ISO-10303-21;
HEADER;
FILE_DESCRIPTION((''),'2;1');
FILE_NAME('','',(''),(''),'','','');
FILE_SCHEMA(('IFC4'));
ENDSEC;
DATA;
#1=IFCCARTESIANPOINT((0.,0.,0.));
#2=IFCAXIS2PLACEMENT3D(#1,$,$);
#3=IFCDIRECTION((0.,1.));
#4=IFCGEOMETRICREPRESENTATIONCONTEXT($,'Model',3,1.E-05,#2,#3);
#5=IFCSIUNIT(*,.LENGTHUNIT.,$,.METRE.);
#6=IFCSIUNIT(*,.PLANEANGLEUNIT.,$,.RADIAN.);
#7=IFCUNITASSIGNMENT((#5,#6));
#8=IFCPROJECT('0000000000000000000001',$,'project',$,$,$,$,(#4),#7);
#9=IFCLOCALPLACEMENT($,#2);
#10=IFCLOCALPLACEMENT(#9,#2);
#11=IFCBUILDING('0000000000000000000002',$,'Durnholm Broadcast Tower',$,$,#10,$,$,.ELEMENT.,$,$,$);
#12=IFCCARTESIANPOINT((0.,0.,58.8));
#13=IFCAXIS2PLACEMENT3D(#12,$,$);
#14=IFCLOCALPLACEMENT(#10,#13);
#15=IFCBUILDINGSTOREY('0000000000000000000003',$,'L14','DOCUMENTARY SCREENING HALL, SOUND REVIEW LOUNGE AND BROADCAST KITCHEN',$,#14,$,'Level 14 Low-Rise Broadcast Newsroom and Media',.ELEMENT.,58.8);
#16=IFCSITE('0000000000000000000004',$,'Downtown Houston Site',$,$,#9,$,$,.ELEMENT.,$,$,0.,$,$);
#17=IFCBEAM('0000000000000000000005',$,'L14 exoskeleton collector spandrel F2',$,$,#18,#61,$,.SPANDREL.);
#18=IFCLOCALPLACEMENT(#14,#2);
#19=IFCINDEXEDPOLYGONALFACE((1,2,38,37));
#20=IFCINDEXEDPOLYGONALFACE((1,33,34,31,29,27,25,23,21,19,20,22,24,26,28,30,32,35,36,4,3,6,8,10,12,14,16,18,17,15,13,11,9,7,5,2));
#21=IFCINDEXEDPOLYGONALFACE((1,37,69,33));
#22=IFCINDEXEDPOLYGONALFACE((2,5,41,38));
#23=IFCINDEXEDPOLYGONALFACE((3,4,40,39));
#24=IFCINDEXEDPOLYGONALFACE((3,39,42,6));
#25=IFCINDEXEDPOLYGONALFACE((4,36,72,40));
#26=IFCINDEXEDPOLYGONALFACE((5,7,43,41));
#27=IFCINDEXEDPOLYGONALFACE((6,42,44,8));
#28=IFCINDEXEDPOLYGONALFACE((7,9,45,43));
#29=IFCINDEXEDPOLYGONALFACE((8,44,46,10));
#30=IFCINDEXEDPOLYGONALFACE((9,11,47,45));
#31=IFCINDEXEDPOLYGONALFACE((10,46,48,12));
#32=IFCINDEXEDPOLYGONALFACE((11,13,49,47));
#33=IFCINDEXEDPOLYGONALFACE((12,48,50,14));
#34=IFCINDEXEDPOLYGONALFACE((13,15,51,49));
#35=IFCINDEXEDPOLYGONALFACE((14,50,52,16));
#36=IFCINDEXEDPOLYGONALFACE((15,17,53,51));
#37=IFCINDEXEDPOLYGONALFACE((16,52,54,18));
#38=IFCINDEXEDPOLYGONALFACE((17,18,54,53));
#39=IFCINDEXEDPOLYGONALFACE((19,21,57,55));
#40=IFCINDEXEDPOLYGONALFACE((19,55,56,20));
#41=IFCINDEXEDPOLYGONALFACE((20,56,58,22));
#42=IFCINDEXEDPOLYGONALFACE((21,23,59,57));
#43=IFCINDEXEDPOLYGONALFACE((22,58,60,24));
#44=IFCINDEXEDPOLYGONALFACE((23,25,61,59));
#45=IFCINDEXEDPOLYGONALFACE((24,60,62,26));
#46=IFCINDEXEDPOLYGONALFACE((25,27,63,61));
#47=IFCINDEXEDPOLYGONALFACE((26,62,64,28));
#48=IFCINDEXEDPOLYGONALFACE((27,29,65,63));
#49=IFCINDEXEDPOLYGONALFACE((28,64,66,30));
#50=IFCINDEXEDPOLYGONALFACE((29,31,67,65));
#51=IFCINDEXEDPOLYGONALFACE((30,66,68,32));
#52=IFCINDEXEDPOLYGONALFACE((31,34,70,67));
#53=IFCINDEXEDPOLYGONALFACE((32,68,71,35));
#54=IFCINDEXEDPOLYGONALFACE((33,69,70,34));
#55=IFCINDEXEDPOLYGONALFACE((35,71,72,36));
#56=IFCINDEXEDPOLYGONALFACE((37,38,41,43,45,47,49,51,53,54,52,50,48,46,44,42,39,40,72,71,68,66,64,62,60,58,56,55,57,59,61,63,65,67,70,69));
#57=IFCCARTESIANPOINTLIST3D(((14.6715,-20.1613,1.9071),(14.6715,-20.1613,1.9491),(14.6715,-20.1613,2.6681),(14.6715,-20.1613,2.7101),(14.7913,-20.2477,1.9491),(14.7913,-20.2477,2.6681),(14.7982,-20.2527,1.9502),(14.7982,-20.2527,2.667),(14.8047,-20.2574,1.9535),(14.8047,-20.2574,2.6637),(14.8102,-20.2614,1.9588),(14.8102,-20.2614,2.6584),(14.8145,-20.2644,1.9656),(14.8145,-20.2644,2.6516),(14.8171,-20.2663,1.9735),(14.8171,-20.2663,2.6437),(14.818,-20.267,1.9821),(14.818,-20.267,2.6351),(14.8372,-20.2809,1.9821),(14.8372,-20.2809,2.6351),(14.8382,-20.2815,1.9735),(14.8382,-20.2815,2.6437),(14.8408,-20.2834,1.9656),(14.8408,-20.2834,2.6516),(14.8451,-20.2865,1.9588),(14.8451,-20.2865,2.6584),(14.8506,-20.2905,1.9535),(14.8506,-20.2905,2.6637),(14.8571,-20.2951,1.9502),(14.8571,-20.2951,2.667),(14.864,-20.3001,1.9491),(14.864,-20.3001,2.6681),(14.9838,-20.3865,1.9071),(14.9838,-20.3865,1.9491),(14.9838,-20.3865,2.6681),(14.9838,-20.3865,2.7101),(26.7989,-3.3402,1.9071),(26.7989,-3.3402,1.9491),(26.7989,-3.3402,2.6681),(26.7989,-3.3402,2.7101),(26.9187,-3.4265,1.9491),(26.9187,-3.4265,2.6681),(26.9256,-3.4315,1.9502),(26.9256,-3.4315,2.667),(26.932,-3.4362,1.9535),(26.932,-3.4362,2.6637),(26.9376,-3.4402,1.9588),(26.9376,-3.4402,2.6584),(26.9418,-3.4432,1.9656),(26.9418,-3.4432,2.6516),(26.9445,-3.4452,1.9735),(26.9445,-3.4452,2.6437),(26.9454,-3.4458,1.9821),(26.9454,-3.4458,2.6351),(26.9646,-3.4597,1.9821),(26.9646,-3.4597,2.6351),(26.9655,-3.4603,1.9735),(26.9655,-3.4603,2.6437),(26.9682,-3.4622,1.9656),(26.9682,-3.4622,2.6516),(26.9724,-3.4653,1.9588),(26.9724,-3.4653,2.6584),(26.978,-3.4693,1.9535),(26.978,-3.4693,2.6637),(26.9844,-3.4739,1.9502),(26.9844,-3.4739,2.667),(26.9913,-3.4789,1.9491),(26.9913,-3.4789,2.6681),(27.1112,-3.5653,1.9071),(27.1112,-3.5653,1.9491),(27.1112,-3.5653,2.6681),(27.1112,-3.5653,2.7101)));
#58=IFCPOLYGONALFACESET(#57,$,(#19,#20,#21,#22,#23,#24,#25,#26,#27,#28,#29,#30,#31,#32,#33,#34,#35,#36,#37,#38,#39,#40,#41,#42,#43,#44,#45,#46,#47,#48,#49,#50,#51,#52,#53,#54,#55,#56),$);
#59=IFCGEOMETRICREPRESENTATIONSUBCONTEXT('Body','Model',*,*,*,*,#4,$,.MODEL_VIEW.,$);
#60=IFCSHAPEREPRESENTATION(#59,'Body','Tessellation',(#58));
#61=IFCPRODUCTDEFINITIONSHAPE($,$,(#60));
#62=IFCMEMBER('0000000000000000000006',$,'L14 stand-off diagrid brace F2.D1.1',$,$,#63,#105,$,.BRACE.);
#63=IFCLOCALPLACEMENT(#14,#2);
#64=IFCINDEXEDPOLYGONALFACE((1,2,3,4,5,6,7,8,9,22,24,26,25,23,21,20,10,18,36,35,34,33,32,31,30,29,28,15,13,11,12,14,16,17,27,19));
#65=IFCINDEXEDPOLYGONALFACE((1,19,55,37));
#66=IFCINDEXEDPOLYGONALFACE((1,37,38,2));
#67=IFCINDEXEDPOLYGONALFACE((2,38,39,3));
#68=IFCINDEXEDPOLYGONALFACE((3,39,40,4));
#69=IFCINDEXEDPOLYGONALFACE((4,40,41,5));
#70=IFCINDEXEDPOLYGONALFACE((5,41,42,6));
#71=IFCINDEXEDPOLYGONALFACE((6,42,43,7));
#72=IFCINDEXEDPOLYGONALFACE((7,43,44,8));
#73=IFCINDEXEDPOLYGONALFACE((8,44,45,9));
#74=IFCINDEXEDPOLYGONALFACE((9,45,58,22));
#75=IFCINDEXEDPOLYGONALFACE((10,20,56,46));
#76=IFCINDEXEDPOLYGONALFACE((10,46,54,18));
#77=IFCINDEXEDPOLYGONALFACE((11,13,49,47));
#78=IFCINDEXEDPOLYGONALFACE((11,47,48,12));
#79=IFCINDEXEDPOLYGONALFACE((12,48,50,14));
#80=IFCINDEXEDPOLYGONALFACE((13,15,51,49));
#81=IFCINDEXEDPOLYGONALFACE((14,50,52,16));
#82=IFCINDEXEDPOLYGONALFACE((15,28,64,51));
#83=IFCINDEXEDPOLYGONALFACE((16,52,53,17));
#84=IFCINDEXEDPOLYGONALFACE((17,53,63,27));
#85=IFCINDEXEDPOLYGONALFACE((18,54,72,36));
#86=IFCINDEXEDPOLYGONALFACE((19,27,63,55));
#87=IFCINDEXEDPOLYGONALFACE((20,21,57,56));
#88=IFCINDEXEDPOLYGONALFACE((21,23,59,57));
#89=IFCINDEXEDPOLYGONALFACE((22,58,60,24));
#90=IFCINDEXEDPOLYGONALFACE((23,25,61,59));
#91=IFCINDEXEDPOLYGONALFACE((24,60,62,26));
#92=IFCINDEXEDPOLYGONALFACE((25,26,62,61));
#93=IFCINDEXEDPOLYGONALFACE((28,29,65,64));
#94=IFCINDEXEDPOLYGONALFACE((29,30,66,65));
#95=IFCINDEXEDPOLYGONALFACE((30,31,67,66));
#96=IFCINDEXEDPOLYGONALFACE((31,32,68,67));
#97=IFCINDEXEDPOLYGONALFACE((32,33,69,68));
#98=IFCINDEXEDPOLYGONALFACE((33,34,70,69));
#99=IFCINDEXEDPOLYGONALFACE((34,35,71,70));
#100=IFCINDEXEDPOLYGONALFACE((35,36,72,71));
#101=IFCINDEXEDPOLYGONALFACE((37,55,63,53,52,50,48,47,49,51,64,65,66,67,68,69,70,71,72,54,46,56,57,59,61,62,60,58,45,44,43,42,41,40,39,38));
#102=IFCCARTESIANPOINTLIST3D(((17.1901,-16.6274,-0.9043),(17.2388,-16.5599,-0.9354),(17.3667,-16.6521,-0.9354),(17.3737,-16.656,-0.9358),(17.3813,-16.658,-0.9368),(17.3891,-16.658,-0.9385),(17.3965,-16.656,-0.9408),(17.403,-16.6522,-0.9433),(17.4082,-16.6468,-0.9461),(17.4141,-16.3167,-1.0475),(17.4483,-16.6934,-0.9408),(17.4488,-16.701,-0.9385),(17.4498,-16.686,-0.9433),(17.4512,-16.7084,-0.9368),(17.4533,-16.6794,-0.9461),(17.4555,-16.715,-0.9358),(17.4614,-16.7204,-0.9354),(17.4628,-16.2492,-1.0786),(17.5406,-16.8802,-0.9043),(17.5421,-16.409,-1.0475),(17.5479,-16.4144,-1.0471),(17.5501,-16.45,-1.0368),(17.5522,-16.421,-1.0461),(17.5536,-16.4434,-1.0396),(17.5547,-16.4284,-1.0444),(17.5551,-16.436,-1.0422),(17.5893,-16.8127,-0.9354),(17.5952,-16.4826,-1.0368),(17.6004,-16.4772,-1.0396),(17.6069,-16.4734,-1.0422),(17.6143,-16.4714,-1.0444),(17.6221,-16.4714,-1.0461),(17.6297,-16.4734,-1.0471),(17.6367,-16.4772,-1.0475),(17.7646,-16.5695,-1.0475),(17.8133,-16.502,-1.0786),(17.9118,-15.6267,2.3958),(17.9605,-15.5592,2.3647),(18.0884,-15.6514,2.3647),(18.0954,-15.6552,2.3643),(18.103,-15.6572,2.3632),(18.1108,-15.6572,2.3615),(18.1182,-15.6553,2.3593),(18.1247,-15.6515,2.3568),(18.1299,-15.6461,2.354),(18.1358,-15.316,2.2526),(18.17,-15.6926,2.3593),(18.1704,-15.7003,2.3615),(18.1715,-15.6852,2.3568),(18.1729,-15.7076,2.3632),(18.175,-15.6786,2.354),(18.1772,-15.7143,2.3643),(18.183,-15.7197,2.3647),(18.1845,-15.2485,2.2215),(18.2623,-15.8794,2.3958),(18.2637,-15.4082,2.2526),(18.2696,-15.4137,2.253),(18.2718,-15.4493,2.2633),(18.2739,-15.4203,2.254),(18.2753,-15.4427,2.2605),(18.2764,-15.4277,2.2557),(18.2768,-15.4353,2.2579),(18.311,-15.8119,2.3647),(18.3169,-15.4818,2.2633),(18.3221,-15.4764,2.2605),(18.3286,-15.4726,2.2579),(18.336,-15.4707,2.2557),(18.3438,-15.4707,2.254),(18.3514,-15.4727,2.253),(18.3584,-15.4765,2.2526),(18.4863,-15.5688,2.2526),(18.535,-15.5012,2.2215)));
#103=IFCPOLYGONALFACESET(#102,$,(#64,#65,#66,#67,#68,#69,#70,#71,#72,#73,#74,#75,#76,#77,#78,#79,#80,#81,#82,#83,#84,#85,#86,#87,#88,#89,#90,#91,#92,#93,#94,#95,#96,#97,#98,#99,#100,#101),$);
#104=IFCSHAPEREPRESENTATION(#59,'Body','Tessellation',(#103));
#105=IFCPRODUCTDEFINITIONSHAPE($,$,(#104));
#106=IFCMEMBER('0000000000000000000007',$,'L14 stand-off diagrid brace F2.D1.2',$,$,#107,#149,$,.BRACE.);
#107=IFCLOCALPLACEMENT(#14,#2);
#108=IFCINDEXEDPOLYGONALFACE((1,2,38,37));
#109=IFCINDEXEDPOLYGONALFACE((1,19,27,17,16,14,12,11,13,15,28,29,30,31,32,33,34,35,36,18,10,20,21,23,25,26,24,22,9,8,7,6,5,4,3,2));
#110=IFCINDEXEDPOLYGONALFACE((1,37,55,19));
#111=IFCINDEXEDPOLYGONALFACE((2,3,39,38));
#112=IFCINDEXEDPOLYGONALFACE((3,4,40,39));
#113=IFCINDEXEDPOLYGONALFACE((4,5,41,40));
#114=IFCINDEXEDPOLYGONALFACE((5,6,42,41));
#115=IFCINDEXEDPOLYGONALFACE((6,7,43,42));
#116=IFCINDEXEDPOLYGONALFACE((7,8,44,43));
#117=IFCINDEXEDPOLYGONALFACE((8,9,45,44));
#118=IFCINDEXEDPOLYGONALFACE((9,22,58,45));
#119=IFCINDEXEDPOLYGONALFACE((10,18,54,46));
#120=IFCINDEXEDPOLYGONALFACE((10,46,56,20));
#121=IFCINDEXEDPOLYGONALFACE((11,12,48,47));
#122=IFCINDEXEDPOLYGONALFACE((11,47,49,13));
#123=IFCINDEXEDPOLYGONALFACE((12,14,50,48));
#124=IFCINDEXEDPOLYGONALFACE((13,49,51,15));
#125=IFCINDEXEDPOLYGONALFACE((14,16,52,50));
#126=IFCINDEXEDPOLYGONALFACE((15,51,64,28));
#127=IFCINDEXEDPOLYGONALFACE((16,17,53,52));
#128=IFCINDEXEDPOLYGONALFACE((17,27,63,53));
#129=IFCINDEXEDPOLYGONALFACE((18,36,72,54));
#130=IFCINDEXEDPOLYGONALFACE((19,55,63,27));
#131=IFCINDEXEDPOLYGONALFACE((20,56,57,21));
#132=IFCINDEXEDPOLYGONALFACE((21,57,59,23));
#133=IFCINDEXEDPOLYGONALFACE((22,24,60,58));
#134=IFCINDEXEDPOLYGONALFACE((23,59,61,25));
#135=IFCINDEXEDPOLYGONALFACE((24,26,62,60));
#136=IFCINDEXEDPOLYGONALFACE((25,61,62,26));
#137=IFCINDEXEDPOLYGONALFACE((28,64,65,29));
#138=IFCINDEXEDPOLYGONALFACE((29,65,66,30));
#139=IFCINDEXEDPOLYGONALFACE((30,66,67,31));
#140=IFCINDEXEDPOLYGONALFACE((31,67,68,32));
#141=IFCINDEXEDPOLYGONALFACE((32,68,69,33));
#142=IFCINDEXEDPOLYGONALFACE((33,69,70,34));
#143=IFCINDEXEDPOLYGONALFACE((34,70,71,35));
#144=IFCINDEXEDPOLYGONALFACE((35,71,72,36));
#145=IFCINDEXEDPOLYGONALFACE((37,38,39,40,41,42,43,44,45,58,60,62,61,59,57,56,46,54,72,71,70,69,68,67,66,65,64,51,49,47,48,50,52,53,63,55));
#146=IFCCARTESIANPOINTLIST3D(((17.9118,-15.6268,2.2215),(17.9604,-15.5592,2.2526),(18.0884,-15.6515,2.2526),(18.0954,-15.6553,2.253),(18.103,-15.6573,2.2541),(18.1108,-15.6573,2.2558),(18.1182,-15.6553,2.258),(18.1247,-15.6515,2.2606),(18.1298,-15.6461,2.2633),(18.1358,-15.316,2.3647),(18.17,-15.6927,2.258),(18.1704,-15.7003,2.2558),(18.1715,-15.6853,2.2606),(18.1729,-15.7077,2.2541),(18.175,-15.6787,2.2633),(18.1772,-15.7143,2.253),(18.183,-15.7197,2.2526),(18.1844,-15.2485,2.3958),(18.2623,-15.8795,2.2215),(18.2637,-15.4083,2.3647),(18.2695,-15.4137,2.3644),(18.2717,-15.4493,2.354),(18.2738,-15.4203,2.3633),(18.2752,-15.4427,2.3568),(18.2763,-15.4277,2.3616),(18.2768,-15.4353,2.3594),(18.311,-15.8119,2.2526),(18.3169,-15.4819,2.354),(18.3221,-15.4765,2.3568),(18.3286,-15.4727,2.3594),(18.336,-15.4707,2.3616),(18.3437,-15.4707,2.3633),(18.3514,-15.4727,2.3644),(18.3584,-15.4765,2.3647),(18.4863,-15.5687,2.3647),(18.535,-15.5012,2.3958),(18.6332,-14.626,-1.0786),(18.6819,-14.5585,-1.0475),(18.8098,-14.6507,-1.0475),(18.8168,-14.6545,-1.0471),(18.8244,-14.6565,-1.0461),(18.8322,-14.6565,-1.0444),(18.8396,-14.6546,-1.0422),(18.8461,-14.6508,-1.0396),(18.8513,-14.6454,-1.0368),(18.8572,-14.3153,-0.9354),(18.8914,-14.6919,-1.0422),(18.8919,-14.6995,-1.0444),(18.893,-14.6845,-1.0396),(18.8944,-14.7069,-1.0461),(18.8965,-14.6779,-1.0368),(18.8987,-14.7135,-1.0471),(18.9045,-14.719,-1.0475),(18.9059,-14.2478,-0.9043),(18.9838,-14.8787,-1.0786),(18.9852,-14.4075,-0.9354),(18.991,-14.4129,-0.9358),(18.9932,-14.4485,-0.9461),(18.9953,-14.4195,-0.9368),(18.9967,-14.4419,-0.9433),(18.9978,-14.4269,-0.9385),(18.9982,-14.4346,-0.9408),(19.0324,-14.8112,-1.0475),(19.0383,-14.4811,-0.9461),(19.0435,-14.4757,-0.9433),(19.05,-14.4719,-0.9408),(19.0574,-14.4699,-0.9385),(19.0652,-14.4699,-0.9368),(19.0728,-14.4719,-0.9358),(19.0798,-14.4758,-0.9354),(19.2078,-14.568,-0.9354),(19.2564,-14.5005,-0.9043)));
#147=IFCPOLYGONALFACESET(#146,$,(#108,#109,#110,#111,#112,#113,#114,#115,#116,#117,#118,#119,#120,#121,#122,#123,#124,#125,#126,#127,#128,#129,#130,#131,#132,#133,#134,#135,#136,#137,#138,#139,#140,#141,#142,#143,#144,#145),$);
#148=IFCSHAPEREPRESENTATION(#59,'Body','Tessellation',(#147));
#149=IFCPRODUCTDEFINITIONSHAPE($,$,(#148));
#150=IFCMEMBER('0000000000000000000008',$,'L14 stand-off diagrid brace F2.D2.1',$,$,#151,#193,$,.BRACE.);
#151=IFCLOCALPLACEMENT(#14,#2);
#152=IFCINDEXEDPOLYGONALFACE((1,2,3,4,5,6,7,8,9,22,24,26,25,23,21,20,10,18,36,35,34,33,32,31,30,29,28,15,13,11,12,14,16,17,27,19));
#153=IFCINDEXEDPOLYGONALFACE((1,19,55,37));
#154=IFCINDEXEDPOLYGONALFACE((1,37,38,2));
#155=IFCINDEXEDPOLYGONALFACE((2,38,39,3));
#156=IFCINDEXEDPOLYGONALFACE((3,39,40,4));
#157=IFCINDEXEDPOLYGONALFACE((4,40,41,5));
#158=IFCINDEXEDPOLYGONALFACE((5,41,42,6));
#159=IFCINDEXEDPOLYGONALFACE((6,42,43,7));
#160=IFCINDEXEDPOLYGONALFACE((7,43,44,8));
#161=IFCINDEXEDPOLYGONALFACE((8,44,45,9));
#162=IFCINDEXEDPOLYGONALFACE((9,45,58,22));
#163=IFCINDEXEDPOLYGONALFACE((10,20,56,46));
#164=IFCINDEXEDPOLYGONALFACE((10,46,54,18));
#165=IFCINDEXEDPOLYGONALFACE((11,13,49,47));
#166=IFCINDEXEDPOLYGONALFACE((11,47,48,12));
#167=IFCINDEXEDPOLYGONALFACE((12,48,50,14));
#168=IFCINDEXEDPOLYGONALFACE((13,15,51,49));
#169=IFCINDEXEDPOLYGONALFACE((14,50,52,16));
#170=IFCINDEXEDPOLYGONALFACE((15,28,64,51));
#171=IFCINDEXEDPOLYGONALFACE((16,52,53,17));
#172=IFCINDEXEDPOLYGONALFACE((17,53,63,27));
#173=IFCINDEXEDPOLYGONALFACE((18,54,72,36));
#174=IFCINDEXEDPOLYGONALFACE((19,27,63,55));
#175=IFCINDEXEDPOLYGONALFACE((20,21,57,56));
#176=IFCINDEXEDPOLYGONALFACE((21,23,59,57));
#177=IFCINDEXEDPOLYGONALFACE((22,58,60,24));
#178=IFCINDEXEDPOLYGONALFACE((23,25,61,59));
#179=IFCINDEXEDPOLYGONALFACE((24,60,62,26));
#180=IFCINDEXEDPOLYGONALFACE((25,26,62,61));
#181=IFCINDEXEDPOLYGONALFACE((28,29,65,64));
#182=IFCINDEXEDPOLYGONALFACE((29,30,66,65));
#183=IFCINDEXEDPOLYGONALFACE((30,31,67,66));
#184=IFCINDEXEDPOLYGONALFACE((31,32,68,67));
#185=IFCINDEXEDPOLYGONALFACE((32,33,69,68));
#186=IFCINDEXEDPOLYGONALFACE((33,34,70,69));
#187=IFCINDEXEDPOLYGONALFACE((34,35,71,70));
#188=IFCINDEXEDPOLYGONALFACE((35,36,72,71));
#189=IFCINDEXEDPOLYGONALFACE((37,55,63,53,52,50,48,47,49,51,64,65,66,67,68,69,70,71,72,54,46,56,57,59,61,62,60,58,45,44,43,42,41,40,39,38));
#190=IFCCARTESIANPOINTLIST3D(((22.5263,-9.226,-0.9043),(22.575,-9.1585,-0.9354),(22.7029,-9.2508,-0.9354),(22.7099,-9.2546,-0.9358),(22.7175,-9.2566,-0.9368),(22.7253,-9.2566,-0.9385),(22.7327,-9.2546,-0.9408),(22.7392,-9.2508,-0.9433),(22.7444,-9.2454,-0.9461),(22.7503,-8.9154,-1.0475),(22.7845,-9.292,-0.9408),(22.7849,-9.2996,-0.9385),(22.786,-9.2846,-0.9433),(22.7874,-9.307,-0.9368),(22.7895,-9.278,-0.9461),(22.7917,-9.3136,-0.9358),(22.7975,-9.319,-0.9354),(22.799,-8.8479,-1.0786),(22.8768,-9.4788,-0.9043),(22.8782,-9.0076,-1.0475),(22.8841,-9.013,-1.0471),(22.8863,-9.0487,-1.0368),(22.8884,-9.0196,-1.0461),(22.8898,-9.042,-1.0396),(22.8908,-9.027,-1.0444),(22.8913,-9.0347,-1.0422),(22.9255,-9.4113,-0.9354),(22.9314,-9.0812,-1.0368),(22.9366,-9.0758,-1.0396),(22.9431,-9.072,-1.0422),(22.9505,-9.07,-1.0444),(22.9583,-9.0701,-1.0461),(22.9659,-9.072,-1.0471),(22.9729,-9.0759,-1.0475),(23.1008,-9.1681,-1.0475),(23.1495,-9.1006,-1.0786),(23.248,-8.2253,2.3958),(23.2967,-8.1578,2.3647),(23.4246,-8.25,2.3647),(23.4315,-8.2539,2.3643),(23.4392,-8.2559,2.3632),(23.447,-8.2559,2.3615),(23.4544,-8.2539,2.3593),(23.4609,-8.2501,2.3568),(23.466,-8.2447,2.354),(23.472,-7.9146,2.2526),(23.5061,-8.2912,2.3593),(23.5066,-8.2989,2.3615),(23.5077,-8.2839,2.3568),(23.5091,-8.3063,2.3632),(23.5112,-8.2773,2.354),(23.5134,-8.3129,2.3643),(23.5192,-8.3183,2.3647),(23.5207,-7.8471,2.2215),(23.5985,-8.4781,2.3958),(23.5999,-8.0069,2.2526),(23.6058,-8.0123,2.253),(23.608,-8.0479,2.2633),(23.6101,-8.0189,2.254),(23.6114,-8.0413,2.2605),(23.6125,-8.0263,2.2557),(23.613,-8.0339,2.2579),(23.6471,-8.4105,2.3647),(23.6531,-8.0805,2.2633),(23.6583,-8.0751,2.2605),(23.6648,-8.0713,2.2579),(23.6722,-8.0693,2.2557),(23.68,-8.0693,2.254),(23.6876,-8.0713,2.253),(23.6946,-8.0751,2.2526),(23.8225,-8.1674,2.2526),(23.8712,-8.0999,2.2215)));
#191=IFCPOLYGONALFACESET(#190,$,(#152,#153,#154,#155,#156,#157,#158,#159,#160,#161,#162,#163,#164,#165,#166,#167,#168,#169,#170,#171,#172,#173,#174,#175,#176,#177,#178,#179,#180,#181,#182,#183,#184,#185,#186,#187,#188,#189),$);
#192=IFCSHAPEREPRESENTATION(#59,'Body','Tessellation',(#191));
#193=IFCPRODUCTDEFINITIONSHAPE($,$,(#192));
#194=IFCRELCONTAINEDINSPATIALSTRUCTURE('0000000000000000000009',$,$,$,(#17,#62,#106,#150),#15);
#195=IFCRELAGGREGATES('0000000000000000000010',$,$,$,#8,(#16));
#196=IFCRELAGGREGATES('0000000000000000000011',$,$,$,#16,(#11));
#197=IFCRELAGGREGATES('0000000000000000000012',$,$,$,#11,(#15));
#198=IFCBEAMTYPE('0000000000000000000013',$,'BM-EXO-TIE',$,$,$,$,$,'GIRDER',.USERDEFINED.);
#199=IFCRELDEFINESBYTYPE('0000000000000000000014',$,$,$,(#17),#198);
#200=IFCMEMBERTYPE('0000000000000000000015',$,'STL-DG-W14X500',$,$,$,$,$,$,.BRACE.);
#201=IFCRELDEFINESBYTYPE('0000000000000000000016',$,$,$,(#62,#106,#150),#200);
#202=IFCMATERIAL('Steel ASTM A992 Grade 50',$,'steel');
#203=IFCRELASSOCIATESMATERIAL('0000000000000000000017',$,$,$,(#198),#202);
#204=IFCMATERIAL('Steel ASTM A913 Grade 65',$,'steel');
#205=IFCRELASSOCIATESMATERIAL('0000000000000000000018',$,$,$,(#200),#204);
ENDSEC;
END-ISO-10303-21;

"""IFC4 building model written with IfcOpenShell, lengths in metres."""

from ifc_helpers import new_model, si_unit, direction, frame, origin, origin_2d, place, context, subcontext, project, spatial, i_section, extrude, source, transform, mapped, material, material_profile, profile_set, type_object, type_shapes, element, save


model = new_model("IFC4")

# Units and contexts
model_context = context("Model", 3, precision=1e-05, world=origin(), true_north=direction((0.0, 1.0)))
body_context = subcontext(model_context, "Body", "Model", "MODEL_VIEW")
ifc_project = project(units=[si_unit("LENGTHUNIT", "METRE"), si_unit("PLANEANGLEUNIT", "RADIAN")], contexts=[model_context])

# Site, building, storey
site_placement = place(None, origin())
site = spatial("IfcSite", under=ifc_project, at=site_placement, Name="Downtown Houston Site", CompositionType="ELEMENT", RefElevation=0.0)
building_placement = place(site_placement, origin())
building = spatial("IfcBuilding", under=site, at=building_placement, Name="Durnholm Broadcast Tower", CompositionType="ELEMENT")
storey_placement = place(building_placement, frame((0.0, 0.0, 58.8)))
storey = spatial("IfcBuildingStorey", under=building, at=storey_placement, Name="L14", Description="DOCUMENTARY SCREENING HALL, SOUND REVIEW LOUNGE AND BROADCAST KITCHEN", LongName="Level 14 Low-Rise Broadcast Newsroom and Media", CompositionType="ELEMENT", Elevation=58.8)

# Beam
ifc_material_1 = material(Name="Steel ASTM A992 Grade 50", Category="steel")
ifc_material_profile_1 = material_profile(ifc_material_1, i_section(OverallWidth=0.385, OverallDepth=0.803, WebThickness=0.0237, FlangeThickness=0.042, FilletRadius=0.033, at=origin_2d()), Name="W30X261")
ifc_profile_set_1 = profile_set([ifc_material_profile_1], Name="Steel ASTM A992 Grade 50")
beam_type = type_object("IfcBeamType", Name="BM-EXO-TIE", ElementType="GIRDER", PredefinedType="USERDEFINED", material=ifc_profile_set_1)
shared_shape_1 = source(origin(), body_context, "Body", "SweptSolid", [
    extrude(i_section(OverallWidth=0.385, OverallDepth=0.803, WebThickness=0.0237, FlangeThickness=0.042, FilletRadius=0.033, at=origin_2d()), origin(), (0.0, 0.0, 1.0), 20.7371),
])
type_shapes(beam_type, [shared_shape_1])
beam_placement = place(storey_placement, frame((14.8276, -20.2739, 2.3086), z_axis=(0.584816, 0.811166, 0.0), x_axis=(-0.811166, 0.584816, 0.0)))
element("IfcBeam", 1, at=beam_placement, inside=storey, type_object=beam_type, Name="L14 exoskeleton collector spandrel F2", PredefinedType="SPANDREL", context=body_context, shape_type="MappedRepresentation", body=[
    mapped(shared_shape_1, transform((0.0, 0.0, 0.0), x_axis=(1.0, 0.0, 0.0), y_axis=(0.0, 1.0, 0.0), z_axis=(0.0, 0.0, 1.0), scale=1.0)),
])

# Members
ifc_material_2 = material(Name="Steel ASTM A913 Grade 65", Category="steel")
ifc_material_profile_2 = material_profile(ifc_material_2, i_section(OverallWidth=0.4321, OverallDepth=0.4978, WebThickness=0.0557, FlangeThickness=0.0889, FilletRadius=0.0305, at=origin_2d()), Name="W14X500")
ifc_profile_set_2 = profile_set([ifc_material_profile_2], Name="Steel ASTM A913 Grade 65")
member_type_1 = type_object("IfcMemberType", Name="STL-DG-W14X500", PredefinedType="BRACE", material=ifc_profile_set_2)
shared_shape_2 = source(origin(), body_context, "Body", "SweptSolid", [
    extrude(i_section(OverallWidth=0.4321, OverallDepth=0.4978, WebThickness=0.0557, FlangeThickness=0.0889, FilletRadius=0.0305, at=origin_2d()), origin(), (0.0, 0.0, 1.0), 3.5232),
])
type_shapes(member_type_1, [shared_shape_2])
for number, where, z_axis, x_axis, name in (
    (2, (17.5017, -16.5647, -0.9915), (0.204839, 0.284045, 0.936675), (-0.811091, 0.58492, 0.0), "L14 stand-off diagrid brace F2.D1.1"),
    (3, (18.9448, -14.5632, -0.9915), (-0.204773, -0.284049, 0.936688), (0.811185, -0.584789, 0.0), "L14 stand-off diagrid brace F2.D1.2"),
    (4, (22.8379, -9.1633, -0.9915), (0.204839, 0.284045, 0.936675), (-0.811091, 0.58492, 0.0), "L14 stand-off diagrid brace F2.D2.1"),
):
    element("IfcMember", number, at=place(storey_placement, frame(where, z_axis=z_axis, x_axis=x_axis)), inside=storey, type_object=member_type_1, Name=name, PredefinedType="BRACE", context=body_context, shape_type="MappedRepresentation", body=[
        mapped(shared_shape_2, transform((0.0, 0.0, 0.0), x_axis=(1.0, 0.0, 0.0), y_axis=(0.0, 1.0, 0.0), z_axis=(0.0, 0.0, 1.0), scale=1.0)),
    ])

save(model, "model.ifc")
